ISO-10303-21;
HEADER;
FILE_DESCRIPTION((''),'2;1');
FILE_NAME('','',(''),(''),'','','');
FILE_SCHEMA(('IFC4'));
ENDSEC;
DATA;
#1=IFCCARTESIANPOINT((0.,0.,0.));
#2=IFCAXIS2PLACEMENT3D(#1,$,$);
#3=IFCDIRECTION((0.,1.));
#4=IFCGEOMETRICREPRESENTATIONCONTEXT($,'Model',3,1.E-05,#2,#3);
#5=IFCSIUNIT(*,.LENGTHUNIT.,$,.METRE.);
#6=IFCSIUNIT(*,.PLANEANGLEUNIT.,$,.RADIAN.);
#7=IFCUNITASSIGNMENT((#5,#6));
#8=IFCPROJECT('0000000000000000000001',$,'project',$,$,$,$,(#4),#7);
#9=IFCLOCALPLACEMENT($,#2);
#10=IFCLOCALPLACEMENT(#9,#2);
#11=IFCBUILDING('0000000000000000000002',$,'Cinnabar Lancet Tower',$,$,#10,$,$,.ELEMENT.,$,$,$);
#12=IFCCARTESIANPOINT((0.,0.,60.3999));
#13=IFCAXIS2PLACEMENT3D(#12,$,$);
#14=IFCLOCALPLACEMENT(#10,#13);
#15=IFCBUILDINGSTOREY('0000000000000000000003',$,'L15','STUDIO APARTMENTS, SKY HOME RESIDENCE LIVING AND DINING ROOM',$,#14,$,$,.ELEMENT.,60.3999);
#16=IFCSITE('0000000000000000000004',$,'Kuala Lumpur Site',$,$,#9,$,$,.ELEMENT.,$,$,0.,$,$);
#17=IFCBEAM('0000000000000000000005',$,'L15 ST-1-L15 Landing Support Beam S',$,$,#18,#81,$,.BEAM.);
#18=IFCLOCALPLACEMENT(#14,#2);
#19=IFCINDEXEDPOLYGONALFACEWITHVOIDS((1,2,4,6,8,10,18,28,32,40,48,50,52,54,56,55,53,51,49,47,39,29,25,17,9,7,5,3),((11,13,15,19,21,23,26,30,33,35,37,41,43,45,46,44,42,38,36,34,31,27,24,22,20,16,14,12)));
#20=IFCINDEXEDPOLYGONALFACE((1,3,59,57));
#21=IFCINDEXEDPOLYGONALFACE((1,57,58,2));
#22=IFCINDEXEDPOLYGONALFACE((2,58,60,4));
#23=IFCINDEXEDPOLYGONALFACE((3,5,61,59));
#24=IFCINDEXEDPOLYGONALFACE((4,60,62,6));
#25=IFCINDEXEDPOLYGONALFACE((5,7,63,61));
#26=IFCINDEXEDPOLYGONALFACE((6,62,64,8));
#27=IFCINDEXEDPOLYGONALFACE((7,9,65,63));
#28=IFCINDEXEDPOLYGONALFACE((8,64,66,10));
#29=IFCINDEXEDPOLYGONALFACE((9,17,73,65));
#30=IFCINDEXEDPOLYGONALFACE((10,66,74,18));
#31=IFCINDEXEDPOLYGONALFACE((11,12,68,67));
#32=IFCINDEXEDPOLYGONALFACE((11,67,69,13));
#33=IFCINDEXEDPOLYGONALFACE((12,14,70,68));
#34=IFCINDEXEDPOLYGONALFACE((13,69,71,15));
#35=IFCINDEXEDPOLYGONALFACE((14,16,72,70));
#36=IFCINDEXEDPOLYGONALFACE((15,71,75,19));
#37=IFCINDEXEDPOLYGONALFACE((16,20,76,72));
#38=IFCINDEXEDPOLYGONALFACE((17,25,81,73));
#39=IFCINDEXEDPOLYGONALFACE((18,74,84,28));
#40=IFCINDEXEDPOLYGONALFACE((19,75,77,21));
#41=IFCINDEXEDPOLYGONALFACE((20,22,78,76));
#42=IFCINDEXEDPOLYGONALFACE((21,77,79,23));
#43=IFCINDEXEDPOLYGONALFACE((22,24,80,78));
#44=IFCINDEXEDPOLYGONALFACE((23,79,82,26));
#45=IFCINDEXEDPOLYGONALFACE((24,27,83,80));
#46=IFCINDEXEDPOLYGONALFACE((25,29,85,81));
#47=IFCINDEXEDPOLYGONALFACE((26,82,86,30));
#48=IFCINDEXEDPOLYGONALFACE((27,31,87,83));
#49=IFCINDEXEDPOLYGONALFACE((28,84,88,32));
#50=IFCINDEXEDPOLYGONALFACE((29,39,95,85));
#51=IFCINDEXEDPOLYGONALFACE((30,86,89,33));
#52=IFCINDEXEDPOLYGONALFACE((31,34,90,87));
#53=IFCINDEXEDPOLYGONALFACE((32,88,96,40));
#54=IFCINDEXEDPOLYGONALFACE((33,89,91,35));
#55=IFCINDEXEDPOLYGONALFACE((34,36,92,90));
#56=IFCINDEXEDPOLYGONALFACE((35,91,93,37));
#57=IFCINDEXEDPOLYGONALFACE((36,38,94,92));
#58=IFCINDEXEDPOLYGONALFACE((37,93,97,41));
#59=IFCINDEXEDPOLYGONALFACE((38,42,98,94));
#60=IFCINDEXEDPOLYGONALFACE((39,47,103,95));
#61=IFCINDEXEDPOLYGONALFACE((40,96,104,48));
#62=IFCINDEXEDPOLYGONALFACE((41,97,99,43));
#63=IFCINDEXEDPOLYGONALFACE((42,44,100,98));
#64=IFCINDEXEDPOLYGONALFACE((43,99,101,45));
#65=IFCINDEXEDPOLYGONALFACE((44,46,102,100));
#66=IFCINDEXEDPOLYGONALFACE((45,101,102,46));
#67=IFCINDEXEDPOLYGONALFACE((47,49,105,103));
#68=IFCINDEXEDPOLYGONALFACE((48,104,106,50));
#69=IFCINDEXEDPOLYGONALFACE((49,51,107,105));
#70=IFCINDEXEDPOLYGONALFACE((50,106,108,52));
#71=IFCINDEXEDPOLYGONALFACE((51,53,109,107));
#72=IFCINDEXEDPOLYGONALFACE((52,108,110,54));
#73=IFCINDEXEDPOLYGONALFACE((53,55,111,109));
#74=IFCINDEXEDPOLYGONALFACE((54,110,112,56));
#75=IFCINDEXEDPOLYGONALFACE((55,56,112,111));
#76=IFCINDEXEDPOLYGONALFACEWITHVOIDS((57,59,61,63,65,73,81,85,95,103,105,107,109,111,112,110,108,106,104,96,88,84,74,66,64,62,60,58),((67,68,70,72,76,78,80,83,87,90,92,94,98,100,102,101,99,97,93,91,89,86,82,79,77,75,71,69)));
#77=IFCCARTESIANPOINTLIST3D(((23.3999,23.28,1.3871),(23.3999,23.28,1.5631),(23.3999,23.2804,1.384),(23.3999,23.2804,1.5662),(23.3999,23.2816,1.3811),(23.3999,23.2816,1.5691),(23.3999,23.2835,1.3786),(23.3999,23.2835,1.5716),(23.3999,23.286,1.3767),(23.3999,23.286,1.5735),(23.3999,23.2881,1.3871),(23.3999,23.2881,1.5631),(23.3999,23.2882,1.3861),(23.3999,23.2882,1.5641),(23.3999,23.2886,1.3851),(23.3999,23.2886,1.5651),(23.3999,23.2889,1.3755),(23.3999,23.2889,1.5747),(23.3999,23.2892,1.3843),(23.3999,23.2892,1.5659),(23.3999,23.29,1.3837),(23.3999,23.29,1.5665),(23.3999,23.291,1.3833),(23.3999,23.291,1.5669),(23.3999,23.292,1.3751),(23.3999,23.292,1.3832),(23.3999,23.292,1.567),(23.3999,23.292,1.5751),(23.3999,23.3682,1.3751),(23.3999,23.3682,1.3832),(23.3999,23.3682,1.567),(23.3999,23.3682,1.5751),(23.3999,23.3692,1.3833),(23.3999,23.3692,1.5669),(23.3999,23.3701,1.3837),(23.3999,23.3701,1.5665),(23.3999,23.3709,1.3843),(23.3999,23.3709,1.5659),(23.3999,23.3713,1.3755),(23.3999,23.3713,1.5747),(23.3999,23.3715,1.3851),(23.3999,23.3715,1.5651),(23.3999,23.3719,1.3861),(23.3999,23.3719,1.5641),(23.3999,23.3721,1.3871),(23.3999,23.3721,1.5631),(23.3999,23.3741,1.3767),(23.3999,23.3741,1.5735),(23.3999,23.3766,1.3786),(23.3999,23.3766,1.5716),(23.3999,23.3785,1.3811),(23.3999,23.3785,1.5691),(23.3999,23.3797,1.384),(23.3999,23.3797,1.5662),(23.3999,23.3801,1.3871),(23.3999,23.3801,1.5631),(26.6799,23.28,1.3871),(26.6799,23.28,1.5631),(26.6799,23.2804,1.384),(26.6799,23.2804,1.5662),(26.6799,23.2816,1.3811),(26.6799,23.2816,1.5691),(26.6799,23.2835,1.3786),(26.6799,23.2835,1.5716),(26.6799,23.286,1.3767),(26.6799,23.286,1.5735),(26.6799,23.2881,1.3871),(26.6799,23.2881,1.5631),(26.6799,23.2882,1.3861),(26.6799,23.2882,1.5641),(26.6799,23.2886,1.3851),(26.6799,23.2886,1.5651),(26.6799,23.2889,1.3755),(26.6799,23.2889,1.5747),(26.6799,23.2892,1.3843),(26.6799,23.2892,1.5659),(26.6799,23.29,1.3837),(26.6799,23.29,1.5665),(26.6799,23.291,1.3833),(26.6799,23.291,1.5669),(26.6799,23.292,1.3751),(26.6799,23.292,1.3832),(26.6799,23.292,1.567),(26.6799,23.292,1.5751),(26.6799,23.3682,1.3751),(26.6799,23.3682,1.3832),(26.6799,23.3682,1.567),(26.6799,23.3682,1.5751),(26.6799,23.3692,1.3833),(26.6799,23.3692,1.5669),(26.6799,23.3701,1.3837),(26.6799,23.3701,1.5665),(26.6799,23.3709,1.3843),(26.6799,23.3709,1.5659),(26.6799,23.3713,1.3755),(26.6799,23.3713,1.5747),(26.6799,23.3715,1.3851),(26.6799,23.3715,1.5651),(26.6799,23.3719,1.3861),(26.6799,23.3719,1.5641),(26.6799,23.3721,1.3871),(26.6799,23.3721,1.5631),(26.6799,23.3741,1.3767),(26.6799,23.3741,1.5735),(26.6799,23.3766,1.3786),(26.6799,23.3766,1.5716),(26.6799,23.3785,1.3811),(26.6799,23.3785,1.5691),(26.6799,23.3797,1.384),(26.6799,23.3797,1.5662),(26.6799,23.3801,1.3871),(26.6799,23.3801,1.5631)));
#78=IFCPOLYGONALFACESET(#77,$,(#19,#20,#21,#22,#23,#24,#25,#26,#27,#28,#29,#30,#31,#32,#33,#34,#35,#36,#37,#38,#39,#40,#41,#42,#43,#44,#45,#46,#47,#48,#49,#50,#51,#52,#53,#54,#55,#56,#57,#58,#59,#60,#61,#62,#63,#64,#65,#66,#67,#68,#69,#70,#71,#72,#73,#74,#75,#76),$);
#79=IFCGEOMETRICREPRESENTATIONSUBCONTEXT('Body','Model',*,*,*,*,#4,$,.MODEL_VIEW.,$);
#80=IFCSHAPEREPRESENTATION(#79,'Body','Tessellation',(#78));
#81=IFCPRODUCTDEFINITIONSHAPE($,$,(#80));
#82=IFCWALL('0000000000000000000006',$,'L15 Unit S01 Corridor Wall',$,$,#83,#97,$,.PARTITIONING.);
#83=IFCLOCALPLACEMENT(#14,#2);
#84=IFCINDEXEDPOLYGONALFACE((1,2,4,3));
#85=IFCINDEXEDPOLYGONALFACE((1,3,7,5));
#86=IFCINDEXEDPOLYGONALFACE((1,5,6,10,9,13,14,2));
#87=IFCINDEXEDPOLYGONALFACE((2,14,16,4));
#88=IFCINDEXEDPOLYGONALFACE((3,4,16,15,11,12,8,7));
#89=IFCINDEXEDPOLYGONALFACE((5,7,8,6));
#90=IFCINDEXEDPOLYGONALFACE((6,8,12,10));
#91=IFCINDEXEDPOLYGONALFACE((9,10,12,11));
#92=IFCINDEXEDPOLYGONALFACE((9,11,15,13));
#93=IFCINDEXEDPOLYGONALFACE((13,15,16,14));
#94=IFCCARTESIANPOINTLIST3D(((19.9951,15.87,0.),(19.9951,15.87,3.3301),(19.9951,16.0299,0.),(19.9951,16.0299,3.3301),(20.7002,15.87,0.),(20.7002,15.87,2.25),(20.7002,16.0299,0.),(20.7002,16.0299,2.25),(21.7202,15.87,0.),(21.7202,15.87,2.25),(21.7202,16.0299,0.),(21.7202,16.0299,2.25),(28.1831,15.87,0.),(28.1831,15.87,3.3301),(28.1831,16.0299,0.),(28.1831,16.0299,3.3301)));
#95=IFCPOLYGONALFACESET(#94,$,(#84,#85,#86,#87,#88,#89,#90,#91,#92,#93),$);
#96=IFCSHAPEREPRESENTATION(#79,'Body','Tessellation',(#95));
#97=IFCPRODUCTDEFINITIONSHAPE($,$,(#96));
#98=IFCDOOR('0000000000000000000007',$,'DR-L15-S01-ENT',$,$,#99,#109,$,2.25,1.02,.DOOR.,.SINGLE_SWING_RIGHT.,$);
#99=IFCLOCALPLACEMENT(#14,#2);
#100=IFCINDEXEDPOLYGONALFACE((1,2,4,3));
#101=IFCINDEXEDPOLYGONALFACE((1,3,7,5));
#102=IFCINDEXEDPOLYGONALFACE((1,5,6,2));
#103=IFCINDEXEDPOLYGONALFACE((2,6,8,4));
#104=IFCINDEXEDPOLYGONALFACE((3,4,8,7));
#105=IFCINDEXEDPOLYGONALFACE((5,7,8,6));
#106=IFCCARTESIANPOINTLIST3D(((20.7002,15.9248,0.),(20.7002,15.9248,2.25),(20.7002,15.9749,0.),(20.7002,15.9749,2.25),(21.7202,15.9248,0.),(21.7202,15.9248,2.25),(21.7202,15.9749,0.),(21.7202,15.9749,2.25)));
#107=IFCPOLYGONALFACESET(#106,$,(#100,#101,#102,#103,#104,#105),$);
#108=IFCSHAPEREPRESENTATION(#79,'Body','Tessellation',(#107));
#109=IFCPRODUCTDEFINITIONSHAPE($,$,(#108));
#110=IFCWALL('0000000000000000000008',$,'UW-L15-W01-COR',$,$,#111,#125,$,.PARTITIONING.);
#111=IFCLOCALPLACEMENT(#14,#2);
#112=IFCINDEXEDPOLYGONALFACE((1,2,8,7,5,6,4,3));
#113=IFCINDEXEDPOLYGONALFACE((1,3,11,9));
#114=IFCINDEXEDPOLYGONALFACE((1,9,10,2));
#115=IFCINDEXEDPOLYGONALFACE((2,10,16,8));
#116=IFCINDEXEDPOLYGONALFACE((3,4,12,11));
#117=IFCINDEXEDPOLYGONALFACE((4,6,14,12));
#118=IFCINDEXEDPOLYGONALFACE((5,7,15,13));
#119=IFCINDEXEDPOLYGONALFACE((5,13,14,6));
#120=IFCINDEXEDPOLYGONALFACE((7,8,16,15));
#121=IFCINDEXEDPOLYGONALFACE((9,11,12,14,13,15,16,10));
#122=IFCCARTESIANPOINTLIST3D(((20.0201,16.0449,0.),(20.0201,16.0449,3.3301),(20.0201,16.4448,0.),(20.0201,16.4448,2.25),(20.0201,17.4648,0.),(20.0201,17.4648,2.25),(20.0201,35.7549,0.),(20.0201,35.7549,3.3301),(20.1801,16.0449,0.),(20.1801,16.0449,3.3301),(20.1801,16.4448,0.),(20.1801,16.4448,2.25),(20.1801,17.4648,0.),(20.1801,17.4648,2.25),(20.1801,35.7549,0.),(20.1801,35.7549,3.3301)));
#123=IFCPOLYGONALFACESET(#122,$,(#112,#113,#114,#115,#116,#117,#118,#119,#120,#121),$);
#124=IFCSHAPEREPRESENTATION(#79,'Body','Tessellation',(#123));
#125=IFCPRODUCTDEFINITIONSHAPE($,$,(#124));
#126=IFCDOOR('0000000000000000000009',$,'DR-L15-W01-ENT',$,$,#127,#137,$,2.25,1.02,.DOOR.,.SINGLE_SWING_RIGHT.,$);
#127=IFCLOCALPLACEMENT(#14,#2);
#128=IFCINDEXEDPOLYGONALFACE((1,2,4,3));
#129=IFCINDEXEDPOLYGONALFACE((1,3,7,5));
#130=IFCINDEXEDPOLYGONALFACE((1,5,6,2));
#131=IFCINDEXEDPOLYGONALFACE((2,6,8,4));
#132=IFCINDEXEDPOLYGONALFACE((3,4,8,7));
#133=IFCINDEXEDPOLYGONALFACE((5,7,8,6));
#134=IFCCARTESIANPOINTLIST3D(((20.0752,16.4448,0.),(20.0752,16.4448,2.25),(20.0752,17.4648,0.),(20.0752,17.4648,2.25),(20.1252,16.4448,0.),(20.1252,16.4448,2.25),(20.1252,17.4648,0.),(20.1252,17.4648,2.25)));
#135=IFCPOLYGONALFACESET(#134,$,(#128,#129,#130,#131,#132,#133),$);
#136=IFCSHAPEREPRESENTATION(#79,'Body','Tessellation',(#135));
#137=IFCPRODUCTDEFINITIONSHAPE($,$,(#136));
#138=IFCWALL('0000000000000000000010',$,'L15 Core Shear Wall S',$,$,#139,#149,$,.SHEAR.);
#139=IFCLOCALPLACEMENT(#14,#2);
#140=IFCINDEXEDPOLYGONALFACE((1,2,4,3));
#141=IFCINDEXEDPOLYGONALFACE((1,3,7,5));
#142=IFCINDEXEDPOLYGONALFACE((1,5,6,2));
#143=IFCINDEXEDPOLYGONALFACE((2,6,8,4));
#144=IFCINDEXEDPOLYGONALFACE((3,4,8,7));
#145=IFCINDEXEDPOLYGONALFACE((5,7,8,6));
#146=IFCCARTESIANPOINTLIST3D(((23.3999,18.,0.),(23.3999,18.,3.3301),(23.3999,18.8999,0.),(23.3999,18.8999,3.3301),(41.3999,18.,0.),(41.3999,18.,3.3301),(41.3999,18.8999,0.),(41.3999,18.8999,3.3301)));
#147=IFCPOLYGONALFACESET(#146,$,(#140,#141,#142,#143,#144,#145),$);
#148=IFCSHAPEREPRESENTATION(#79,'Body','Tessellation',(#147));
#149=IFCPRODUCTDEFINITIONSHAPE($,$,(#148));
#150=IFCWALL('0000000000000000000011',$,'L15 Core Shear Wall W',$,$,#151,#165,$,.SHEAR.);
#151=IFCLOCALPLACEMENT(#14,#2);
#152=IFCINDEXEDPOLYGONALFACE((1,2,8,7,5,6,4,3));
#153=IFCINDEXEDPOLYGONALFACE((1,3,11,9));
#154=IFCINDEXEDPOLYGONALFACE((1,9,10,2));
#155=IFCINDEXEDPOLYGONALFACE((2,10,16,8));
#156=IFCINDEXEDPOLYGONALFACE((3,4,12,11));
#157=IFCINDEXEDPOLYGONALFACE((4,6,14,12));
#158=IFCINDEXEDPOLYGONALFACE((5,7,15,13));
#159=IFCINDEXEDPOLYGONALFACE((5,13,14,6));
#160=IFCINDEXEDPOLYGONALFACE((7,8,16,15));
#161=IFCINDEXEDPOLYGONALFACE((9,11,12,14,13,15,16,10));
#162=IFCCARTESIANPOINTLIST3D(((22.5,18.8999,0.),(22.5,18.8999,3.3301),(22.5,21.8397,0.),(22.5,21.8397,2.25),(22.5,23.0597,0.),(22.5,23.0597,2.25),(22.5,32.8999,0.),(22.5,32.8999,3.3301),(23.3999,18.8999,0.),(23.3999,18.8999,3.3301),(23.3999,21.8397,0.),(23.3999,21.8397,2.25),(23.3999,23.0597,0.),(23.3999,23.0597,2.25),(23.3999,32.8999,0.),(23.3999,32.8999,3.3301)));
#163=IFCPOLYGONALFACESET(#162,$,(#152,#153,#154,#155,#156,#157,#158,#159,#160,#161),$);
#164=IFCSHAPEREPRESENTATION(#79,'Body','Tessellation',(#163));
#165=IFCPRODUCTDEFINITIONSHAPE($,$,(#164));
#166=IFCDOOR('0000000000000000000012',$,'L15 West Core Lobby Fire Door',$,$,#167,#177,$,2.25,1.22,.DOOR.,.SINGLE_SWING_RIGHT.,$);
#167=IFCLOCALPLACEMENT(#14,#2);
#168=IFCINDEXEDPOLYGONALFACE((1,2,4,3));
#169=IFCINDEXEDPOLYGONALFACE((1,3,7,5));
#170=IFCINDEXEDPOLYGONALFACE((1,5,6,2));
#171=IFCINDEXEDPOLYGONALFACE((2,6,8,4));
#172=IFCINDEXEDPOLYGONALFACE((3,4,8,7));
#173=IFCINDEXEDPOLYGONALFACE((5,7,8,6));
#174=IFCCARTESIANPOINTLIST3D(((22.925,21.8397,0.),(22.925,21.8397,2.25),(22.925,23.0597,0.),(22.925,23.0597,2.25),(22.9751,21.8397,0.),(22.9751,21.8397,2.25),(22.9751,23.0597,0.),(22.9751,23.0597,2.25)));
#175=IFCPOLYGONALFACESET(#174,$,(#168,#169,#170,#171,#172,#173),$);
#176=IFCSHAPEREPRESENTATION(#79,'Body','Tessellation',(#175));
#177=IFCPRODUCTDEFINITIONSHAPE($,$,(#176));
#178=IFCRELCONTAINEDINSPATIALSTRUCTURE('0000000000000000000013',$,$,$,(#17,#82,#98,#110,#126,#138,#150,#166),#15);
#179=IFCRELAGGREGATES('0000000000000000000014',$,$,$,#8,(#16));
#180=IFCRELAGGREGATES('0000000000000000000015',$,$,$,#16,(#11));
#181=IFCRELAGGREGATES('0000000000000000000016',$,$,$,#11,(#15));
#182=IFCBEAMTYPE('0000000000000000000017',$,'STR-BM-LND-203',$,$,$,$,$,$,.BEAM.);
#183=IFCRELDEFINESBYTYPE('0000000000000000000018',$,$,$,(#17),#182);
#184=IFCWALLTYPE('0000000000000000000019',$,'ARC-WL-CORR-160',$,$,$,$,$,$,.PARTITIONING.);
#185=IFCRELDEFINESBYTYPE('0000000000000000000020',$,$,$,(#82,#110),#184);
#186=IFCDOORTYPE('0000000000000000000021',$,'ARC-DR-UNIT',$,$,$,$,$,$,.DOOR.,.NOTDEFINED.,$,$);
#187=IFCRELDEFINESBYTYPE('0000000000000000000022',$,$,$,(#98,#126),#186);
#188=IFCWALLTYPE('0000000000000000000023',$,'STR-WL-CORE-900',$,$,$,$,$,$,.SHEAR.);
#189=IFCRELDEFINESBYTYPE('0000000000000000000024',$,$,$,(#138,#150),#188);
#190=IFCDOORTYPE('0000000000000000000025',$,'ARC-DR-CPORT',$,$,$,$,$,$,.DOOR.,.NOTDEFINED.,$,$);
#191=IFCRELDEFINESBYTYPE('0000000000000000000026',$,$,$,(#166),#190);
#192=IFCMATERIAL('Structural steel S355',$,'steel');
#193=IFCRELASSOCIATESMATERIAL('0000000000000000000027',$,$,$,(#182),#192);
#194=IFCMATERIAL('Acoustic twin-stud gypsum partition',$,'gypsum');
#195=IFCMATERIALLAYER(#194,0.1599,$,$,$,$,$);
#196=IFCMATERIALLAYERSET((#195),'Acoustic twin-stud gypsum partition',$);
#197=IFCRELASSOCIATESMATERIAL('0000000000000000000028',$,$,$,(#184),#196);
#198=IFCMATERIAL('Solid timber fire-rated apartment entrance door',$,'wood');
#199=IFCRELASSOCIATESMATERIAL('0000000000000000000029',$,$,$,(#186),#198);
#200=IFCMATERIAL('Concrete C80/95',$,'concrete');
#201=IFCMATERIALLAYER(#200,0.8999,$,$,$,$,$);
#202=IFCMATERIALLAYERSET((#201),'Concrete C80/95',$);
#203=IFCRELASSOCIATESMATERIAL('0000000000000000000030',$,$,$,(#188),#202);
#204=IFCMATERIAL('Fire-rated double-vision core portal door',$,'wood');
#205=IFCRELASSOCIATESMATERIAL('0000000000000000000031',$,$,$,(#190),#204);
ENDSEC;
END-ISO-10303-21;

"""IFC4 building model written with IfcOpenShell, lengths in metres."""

from ifc_helpers import new_model, si_unit, direction, frame, frame_2d, origin, origin_2d, place, context, subcontext, project, spatial, rectangle, hollow_rectangle, extrude, material, layer, layer_set, material_profile, profile_set, type_object, element, fill, save


model = new_model("IFC4")

# Units and contexts
model_context = context("Model", 3, precision=1e-05, world=origin(), true_north=direction((0.0, 1.0)))
body_context = subcontext(model_context, "Body", "Model", "MODEL_VIEW")
ifc_project = project(units=[si_unit("LENGTHUNIT", "METRE"), si_unit("PLANEANGLEUNIT", "RADIAN")], contexts=[model_context])

# Site, building, storey
site_placement = place(None, origin())
site = spatial("IfcSite", under=ifc_project, at=site_placement, Name="Kuala Lumpur Site", CompositionType="ELEMENT", RefElevation=0.0)
building_placement = place(site_placement, origin())
building = spatial("IfcBuilding", under=site, at=building_placement, Name="Cinnabar Lancet Tower", CompositionType="ELEMENT")
storey_placement = place(building_placement, frame((0.0, 0.0, 60.3999)))
storey = spatial("IfcBuildingStorey", under=building, at=storey_placement, Name="L15", Description="STUDIO APARTMENTS, SKY HOME RESIDENCE LIVING AND DINING ROOM", CompositionType="ELEMENT", Elevation=60.3999)

# Beam
ifc_material_1 = material(Name="Structural steel S355", Category="steel")
ifc_material_profile_1 = material_profile(ifc_material_1, hollow_rectangle(XDim=0.1001, YDim=0.2, WallThickness=0.0081, InnerFilletRadius=0.0039, OuterFilletRadius=0.012, at=origin_2d()), Name="RHS 200x100x8")
ifc_profile_set_1 = profile_set([ifc_material_profile_1], Name="Structural steel S355")
beam_type_1 = type_object("IfcBeamType", Name="STR-BM-LND-203", PredefinedType="BEAM", material=ifc_profile_set_1)
beam_1_placement = place(storey_placement, frame((23.3999, 23.3301, 1.4751), z_axis=(1.0, 0.0, 0.0), x_axis=(0.0, 1.0, 0.0)))
element("IfcBeam", 1, at=beam_1_placement, inside=storey, type_object=beam_type_1, Name="L15 ST-1-L15 Landing Support Beam S", PredefinedType="BEAM", context=body_context, shape_type="SweptSolid", body=[
    extrude(hollow_rectangle(XDim=0.1001, YDim=0.2, WallThickness=0.0081, InnerFilletRadius=0.0039, OuterFilletRadius=0.012, at=origin_2d()), origin(), (0.0, 0.0, 1.0), 3.28),
])

# Walls, openings, doors
ifc_material_2 = material(Name="Acoustic twin-stud gypsum partition", Category="gypsum")
ifc_layer_1 = layer(ifc_material_2, 0.1599)
ifc_layer_set_1 = layer_set([ifc_layer_1], Name="Acoustic twin-stud gypsum partition")
wall_type_1 = type_object("IfcWallType", Name="ARC-WL-CORR-160", PredefinedType="PARTITIONING", material=ifc_layer_set_1)
wall_1_placement = place(storey_placement, frame((19.9951, 15.95, 0.0), z_axis=(0.0, 0.0, 1.0), x_axis=(1.0, 0.0, 0.0)))
wall_1 = element("IfcWall", 2, at=wall_1_placement, inside=storey, type_object=wall_type_1, Name="L15 Unit S01 Corridor Wall", PredefinedType="PARTITIONING", context=body_context, shape_type="SweptSolid", body=[
    extrude(rectangle(XDim=8.188, YDim=0.1599, at=frame_2d((4.094, 0.0))), origin(), (0.0, 0.0, 1.0), 3.3301),
])
opening_1_placement = place(wall_1_placement, frame((0.7051, 0.0, 0.0)))
opening_1 = element("IfcOpeningElement", 3, at=opening_1_placement, cuts=wall_1, PredefinedType="OPENING", context=body_context, shape_type="SweptSolid", body=[
    extrude(rectangle(XDim=1.02, YDim=2.25, at=frame_2d((0.51, 1.125))), frame((0.0, 0.0898, 0.0), z_axis=(0.0, -1.0, 0.0), x_axis=(1.0, 0.0, 0.0)), (0.0, 0.0, 1.0), 0.1799),
])
ifc_material_3 = material(Name="Solid timber fire-rated apartment entrance door", Category="wood")
door_type_1 = type_object("IfcDoorType", Name="ARC-DR-UNIT", OperationType="NOTDEFINED", PredefinedType="DOOR", material=ifc_material_3)
door_1_placement = place(opening_1_placement, origin())
door_1 = element("IfcDoor", 4, at=door_1_placement, inside=storey, type_object=door_type_1, Name="DR-L15-S01-ENT", OperationType="SINGLE_SWING_RIGHT", OverallHeight=2.25, OverallWidth=1.02, PredefinedType="DOOR", context=body_context, shape_type="SweptSolid", body=[
    extrude(rectangle(XDim=1.02, YDim=2.25, at=frame_2d((0.51, 1.125))), frame((0.0, 0.0249, 0.0), z_axis=(0.0, -1.0, 0.0), x_axis=(1.0, 0.0, 0.0)), (0.0, 0.0, 1.0), 0.05),
])
fill(opening_1, door_1)
wall_2_placement = place(storey_placement, frame((20.1001, 16.0449, 0.0), z_axis=(0.0, 0.0, 1.0), x_axis=(0.0, 1.0, 0.0)))
wall_2 = element("IfcWall", 5, at=wall_2_placement, inside=storey, type_object=wall_type_1, Name="UW-L15-W01-COR", PredefinedType="PARTITIONING", context=body_context, shape_type="SweptSolid", body=[
    extrude(rectangle(XDim=19.71, YDim=0.1599, at=frame_2d((9.855, 0.0))), origin(), (0.0, 0.0, 1.0), 3.3301),
])
opening_2_placement = place(wall_2_placement, frame((0.3999, 0.0, 0.0)))
opening_2 = element("IfcOpeningElement", 6, at=opening_2_placement, cuts=wall_2, PredefinedType="OPENING", context=body_context, shape_type="SweptSolid", body=[
    extrude(rectangle(XDim=1.02, YDim=2.25, at=frame_2d((0.51, 1.125))), frame((0.0, 0.0898, 0.0), z_axis=(0.0, -1.0, 0.0), x_axis=(1.0, 0.0, 0.0)), (0.0, 0.0, 1.0), 0.1799),
])
door_2_placement = place(opening_2_placement, origin())
door_2 = element("IfcDoor", 7, at=door_2_placement, inside=storey, type_object=door_type_1, Name="DR-L15-W01-ENT", OperationType="SINGLE_SWING_RIGHT", OverallHeight=2.25, OverallWidth=1.02, PredefinedType="DOOR", context=body_context, shape_type="SweptSolid", body=[
    extrude(rectangle(XDim=1.02, YDim=2.25, at=frame_2d((0.51, 1.125))), frame((0.0, 0.0249, 0.0), z_axis=(0.0, -1.0, 0.0), x_axis=(1.0, 0.0, 0.0)), (0.0, 0.0, 1.0), 0.05),
])
fill(opening_2, door_2)

# Wall
ifc_material_4 = material(Name="Concrete C80/95", Category="concrete")
ifc_layer_2 = layer(ifc_material_4, 0.8999)
ifc_layer_set_2 = layer_set([ifc_layer_2], Name="Concrete C80/95")
wall_type_2 = type_object("IfcWallType", Name="STR-WL-CORE-900", PredefinedType="SHEAR", material=ifc_layer_set_2)
wall_3_placement = place(storey_placement, frame((23.3999, 18.45, 0.0), z_axis=(0.0, 0.0, 1.0), x_axis=(1.0, 0.0, 0.0)))
element("IfcWall", 8, at=wall_3_placement, inside=storey, type_object=wall_type_2, Name="L15 Core Shear Wall S", PredefinedType="SHEAR", context=body_context, shape_type="SweptSolid", body=[
    extrude(rectangle(XDim=18.0, YDim=0.8999, at=frame_2d((9.0, 0.0))), origin(), (0.0, 0.0, 1.0), 3.3301),
])

# Wall, opening, door
wall_4_placement = place(storey_placement, frame((22.95, 18.8999, 0.0), z_axis=(0.0, 0.0, 1.0), x_axis=(0.0, 1.0, 0.0)))
wall_4 = element("IfcWall", 9, at=wall_4_placement, inside=storey, type_object=wall_type_2, Name="L15 Core Shear Wall W", PredefinedType="SHEAR", context=body_context, shape_type="SweptSolid", body=[
    extrude(rectangle(XDim=14.0, YDim=0.8999, at=frame_2d((7.0, 0.0))), origin(), (0.0, 0.0, 1.0), 3.3301),
])
opening_3_placement = place(wall_4_placement, frame((2.9399, 0.0, 0.0)))
opening_3 = element("IfcOpeningElement", 10, at=opening_3_placement, cuts=wall_4, PredefinedType="OPENING", context=body_context, shape_type="SweptSolid", body=[
    extrude(rectangle(XDim=1.22, YDim=2.25, at=frame_2d((0.6099, 1.125))), frame((0.0, 0.46, 0.0), z_axis=(0.0, -1.0, 0.0), x_axis=(1.0, 0.0, 0.0)), (0.0, 0.0, 1.0), 0.9199),
])
ifc_material_5 = material(Name="Fire-rated double-vision core portal door", Category="wood")
door_type_2 = type_object("IfcDoorType", Name="ARC-DR-CPORT", OperationType="NOTDEFINED", PredefinedType="DOOR", material=ifc_material_5)
door_3_placement = place(opening_3_placement, origin())
door_3 = element("IfcDoor", 11, at=door_3_placement, inside=storey, type_object=door_type_2, Name="L15 West Core Lobby Fire Door", OperationType="SINGLE_SWING_RIGHT", OverallHeight=2.25, OverallWidth=1.22, PredefinedType="DOOR", context=body_context, shape_type="SweptSolid", body=[
    extrude(rectangle(XDim=1.22, YDim=2.25, at=frame_2d((0.6099, 1.125))), frame((0.0, 0.0249, 0.0), z_axis=(0.0, -1.0, 0.0), x_axis=(1.0, 0.0, 0.0)), (0.0, 0.0, 1.0), 0.05),
])
fill(opening_3, door_3)

save(model, "model.ifc")
